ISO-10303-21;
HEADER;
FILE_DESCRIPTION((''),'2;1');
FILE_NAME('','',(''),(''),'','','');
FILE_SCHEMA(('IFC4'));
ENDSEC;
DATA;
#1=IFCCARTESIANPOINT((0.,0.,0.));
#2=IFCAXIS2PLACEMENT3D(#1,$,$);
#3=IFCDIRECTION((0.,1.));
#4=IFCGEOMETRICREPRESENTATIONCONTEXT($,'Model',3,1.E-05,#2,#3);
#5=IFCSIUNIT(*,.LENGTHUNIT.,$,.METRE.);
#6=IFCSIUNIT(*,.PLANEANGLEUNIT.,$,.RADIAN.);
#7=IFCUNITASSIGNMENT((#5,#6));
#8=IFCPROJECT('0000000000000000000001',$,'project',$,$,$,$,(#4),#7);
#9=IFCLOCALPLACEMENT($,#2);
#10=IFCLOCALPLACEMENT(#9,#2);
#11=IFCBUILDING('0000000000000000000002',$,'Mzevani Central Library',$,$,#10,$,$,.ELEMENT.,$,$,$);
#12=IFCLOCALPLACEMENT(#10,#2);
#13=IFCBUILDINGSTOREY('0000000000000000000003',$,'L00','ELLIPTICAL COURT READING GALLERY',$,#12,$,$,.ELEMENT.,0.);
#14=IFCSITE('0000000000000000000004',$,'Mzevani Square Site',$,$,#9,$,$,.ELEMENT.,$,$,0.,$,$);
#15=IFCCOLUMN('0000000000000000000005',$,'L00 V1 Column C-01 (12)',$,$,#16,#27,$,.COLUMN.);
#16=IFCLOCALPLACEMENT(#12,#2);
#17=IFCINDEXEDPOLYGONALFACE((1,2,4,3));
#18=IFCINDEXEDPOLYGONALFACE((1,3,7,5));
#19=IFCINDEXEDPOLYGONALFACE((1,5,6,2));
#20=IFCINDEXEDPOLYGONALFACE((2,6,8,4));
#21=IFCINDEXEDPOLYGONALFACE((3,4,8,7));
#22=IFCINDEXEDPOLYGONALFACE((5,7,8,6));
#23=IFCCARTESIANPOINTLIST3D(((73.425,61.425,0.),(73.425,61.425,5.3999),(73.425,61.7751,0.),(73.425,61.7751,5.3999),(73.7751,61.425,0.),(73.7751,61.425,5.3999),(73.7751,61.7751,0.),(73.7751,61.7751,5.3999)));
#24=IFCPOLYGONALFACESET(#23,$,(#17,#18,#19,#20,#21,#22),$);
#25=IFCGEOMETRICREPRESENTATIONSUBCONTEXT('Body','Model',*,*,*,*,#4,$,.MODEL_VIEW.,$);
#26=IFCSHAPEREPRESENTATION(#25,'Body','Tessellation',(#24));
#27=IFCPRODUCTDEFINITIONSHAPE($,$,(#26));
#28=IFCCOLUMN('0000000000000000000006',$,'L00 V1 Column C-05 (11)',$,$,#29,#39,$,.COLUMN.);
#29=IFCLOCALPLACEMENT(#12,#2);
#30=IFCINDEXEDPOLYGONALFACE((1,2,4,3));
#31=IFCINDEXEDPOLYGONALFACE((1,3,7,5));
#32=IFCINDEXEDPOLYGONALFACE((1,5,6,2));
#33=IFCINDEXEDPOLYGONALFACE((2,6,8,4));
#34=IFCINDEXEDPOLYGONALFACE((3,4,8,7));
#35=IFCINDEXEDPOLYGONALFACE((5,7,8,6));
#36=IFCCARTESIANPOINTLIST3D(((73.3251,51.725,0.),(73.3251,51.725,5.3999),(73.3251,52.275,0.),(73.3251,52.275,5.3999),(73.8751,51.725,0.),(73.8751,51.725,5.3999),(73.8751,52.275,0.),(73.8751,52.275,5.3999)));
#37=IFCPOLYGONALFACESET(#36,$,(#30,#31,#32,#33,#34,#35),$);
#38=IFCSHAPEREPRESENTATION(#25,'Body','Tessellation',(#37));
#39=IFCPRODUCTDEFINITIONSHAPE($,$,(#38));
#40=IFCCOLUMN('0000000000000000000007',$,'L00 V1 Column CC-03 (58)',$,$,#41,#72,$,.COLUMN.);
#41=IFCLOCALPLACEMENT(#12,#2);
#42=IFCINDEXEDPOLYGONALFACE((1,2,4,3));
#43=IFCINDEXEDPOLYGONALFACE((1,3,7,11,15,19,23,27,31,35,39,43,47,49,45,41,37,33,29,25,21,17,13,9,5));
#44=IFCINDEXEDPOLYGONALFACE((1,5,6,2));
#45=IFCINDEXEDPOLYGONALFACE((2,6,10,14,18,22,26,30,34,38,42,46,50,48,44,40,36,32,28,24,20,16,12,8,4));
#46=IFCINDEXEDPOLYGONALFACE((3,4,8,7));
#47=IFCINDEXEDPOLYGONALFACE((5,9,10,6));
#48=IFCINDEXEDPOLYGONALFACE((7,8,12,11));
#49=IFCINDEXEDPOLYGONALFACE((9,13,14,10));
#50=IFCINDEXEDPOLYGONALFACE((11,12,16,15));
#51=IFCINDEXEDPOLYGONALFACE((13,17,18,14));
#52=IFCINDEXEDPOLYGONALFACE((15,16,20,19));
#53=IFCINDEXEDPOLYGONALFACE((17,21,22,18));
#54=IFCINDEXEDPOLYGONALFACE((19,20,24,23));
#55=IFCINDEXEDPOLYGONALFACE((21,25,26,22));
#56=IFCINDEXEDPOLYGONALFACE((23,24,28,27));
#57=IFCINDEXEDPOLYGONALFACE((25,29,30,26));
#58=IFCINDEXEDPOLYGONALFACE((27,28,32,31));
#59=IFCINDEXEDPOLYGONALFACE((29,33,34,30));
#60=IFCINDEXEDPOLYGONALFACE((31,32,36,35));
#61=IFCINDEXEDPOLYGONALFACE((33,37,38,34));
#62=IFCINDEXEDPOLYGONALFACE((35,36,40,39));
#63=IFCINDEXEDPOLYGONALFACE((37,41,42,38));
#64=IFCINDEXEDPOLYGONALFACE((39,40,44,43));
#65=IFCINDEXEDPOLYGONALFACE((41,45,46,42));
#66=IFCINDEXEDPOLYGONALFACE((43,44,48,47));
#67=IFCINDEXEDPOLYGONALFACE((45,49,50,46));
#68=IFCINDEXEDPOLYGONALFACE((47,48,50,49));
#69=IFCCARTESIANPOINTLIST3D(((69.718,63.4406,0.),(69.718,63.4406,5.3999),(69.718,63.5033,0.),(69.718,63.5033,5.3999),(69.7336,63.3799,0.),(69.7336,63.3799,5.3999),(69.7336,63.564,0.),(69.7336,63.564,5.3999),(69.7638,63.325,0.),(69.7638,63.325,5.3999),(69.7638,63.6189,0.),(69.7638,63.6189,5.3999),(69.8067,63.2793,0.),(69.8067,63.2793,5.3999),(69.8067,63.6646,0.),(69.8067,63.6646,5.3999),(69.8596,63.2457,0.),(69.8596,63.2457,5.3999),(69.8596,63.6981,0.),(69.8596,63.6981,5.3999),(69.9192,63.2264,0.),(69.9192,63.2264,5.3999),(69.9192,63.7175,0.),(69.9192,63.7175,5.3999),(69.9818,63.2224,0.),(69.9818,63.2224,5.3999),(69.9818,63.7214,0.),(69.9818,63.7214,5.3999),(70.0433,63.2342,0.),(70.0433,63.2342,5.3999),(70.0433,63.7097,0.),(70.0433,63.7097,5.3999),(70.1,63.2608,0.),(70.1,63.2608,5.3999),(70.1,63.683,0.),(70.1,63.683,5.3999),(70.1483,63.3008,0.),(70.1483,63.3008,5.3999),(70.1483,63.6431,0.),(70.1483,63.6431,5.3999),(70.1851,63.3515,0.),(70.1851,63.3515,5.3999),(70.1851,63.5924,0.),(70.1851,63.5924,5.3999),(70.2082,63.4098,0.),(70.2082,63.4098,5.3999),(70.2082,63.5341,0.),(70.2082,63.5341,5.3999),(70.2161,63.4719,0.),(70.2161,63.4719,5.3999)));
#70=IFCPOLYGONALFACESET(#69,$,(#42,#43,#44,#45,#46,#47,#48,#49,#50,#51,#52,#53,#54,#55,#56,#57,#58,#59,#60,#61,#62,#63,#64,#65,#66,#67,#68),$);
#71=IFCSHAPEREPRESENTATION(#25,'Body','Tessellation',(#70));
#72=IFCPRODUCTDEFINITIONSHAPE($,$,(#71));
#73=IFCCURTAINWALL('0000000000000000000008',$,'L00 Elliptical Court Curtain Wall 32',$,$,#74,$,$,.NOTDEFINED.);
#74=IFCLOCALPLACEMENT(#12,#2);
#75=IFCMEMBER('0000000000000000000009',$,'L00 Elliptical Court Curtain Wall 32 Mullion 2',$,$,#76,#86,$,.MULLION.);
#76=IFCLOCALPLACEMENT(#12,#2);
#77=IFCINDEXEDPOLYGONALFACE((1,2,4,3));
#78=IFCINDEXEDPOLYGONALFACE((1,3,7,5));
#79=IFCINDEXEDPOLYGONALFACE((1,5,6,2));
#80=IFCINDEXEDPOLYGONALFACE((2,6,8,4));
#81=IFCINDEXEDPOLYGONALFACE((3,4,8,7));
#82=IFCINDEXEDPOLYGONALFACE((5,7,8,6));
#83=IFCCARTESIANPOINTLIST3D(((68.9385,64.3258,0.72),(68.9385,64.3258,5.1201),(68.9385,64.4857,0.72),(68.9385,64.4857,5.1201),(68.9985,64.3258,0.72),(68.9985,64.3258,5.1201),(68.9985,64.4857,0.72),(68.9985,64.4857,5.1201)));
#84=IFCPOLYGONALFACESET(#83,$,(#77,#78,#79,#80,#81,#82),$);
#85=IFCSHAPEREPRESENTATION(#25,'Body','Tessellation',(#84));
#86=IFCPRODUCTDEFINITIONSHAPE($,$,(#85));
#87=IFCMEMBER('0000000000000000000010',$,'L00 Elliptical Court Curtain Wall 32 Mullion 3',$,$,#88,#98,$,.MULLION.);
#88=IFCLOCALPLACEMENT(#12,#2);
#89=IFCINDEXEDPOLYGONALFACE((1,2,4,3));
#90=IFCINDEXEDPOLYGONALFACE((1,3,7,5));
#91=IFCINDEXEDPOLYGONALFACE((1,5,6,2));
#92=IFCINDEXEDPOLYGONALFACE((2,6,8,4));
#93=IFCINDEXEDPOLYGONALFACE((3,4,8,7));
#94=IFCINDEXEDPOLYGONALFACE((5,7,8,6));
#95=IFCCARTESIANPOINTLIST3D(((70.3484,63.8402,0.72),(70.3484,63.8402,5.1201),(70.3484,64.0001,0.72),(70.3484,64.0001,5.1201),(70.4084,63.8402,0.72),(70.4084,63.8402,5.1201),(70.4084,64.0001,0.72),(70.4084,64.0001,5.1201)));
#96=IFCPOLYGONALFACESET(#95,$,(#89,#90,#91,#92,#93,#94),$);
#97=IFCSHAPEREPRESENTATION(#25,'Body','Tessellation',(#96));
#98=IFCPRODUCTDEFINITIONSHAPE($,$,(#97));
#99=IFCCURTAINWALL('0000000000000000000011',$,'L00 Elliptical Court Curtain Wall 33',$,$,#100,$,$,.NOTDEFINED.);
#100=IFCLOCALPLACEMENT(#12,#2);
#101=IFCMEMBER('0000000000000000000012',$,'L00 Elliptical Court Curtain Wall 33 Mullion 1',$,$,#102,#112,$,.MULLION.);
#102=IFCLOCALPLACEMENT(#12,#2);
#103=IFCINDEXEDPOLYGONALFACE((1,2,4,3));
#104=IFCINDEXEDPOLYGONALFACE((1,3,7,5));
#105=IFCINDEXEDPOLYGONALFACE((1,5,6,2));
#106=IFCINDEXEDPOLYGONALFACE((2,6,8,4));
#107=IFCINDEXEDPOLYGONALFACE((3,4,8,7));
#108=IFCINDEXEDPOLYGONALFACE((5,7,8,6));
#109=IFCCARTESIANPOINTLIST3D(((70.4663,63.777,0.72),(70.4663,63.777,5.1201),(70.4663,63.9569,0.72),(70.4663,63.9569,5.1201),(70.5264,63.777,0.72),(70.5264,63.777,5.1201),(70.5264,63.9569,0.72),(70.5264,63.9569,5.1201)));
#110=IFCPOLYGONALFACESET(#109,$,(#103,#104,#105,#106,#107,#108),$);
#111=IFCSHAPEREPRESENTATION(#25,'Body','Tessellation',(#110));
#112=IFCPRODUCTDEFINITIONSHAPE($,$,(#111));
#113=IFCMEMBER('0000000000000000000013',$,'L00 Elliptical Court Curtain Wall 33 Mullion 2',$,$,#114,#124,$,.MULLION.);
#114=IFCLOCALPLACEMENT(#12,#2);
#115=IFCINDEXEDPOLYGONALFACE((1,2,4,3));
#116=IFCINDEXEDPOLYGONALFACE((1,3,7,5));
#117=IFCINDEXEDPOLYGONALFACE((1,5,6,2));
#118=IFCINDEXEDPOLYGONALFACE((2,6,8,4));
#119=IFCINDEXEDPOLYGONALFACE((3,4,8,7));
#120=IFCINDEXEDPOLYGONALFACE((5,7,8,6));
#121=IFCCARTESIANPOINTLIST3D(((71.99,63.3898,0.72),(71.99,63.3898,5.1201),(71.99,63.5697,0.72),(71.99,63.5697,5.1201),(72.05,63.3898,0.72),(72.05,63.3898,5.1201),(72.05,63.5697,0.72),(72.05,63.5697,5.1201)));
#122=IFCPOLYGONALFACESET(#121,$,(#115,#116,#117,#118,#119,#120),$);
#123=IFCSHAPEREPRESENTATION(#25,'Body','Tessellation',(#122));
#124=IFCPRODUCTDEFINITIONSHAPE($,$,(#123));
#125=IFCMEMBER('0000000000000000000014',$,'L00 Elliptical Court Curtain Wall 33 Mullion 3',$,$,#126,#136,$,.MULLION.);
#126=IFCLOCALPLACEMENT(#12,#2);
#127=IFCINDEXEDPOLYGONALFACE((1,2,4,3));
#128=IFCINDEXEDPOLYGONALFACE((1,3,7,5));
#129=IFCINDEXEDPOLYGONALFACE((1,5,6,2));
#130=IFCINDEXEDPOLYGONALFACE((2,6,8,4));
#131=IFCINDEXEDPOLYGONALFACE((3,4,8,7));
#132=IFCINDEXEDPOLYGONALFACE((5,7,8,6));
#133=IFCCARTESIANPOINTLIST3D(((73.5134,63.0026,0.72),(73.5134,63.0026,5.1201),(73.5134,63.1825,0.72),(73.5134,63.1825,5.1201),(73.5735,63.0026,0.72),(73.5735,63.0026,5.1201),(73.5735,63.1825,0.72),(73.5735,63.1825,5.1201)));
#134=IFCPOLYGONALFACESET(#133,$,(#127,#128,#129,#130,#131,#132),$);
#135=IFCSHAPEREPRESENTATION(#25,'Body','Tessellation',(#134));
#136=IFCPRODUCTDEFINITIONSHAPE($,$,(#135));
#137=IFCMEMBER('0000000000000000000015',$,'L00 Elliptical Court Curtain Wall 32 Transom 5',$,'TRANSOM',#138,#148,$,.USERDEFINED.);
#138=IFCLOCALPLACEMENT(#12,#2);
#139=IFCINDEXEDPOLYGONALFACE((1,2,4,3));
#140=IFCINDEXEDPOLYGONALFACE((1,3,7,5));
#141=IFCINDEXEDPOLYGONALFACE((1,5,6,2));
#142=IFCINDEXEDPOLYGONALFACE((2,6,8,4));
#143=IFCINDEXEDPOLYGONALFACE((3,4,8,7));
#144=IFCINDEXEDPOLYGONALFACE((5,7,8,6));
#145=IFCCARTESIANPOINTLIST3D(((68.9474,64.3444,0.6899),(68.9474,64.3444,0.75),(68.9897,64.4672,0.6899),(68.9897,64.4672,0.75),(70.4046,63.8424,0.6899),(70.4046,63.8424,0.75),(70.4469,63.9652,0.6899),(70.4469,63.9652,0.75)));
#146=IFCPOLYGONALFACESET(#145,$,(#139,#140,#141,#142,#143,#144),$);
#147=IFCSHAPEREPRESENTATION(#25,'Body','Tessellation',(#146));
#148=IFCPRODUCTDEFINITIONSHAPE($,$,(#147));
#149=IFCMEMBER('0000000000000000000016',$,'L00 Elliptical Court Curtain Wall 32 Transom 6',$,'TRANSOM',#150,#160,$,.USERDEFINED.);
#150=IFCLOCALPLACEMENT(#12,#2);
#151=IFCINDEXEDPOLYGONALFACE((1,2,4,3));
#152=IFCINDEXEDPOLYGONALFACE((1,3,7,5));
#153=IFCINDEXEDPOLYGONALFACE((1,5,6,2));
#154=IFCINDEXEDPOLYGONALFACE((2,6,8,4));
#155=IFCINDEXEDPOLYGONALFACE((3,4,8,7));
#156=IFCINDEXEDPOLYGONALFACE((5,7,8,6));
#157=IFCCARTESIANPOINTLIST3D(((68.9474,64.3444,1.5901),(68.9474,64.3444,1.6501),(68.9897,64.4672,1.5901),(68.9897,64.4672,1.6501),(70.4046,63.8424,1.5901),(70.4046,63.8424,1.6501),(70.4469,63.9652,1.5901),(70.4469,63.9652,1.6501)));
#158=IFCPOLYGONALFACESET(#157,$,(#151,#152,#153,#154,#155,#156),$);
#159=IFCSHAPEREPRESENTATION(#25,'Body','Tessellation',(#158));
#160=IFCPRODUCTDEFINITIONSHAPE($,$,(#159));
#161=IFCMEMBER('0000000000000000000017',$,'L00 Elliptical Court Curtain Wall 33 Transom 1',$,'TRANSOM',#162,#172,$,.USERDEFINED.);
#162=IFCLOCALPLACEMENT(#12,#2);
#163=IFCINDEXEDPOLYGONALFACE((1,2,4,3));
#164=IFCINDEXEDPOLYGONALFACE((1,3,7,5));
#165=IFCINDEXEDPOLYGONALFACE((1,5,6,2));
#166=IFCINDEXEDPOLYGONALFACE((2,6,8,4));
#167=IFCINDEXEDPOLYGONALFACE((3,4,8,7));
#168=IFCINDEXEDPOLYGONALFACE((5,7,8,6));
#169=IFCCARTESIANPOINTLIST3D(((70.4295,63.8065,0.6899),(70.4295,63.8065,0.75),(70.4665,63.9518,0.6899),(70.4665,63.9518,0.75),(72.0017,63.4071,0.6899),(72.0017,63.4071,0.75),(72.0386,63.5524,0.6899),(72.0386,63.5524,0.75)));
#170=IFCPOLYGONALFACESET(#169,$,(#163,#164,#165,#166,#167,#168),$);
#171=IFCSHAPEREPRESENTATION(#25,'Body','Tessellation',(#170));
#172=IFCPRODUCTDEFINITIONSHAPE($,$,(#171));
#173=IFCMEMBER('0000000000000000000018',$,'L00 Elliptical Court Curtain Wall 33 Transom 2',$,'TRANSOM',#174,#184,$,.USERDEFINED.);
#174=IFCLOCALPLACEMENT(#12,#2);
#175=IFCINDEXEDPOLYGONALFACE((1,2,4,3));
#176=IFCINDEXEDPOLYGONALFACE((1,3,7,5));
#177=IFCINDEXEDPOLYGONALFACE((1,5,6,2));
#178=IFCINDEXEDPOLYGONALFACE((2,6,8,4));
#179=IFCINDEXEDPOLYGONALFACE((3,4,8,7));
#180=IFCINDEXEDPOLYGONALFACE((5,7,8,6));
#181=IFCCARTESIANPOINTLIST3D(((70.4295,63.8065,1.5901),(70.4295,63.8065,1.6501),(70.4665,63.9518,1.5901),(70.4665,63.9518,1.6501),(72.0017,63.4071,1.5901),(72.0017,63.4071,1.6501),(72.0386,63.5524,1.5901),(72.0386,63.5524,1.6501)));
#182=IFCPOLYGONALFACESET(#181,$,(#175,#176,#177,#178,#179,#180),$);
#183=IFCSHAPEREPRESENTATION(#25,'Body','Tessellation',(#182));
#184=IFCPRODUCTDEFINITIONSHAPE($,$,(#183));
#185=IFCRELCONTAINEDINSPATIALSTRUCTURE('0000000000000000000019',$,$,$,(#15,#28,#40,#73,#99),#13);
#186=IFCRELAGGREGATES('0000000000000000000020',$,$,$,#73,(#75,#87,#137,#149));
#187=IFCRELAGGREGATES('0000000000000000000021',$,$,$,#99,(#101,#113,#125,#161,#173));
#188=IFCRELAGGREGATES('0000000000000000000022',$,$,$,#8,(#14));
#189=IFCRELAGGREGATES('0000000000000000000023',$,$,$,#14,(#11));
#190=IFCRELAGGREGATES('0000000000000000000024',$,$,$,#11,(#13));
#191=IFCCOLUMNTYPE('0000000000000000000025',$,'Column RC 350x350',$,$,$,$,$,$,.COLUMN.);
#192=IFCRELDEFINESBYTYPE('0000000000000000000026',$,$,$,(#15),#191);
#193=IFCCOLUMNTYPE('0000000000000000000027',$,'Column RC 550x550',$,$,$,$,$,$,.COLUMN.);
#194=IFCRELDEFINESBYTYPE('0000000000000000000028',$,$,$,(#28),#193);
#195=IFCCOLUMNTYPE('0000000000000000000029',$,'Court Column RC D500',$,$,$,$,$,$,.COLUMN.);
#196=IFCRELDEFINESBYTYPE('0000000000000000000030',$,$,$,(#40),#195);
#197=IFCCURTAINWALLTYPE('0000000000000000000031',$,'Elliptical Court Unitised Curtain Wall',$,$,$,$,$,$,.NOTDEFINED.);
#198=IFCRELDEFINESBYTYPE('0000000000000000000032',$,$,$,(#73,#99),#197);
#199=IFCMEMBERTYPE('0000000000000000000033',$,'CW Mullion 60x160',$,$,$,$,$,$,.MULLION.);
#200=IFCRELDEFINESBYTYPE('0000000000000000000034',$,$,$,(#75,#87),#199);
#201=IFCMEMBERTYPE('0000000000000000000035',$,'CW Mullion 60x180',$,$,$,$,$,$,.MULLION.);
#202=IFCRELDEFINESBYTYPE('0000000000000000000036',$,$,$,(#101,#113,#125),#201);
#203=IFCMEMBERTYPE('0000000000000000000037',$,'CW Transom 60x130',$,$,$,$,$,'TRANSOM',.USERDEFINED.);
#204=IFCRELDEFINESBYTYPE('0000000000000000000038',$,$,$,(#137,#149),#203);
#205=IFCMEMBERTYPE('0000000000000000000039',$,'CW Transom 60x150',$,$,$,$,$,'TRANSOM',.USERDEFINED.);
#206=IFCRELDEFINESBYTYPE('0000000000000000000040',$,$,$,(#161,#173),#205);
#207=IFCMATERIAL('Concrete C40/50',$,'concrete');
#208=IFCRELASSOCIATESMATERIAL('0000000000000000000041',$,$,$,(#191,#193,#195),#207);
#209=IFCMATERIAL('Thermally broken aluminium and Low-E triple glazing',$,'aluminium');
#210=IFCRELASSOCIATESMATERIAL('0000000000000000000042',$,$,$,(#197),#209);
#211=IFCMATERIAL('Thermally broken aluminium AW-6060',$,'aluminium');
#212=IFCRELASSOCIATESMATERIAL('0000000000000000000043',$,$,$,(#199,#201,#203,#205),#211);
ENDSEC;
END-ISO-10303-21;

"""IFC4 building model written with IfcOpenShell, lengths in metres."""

from ifc_helpers import new_model, si_unit, direction, frame, origin, origin_2d, place, context, subcontext, project, spatial, rectangle, circle, extrude, material, material_profile, profile_set, type_object, element, aggregate, save


model = new_model("IFC4")

# Units and contexts
model_context = context("Model", 3, precision=1e-05, world=origin(), true_north=direction((0.0, 1.0)))
body_context = subcontext(model_context, "Body", "Model", "MODEL_VIEW")
ifc_project = project(units=[si_unit("LENGTHUNIT", "METRE"), si_unit("PLANEANGLEUNIT", "RADIAN")], contexts=[model_context])

# Site, building, storey
site_placement = place(None, origin())
site = spatial("IfcSite", under=ifc_project, at=site_placement, Name="Mzevani Square Site", CompositionType="ELEMENT", RefElevation=0.0)
building_placement = place(site_placement, origin())
building = spatial("IfcBuilding", under=site, at=building_placement, Name="Mzevani Central Library", CompositionType="ELEMENT")
storey_placement = place(building_placement, origin())
storey = spatial("IfcBuildingStorey", under=building, at=storey_placement, Name="L00", Description="ELLIPTICAL COURT READING GALLERY", CompositionType="ELEMENT", Elevation=0.0)

# Columns
ifc_material_1 = material(Name="Concrete C40/50", Category="concrete")
ifc_material_profile_1 = material_profile(ifc_material_1, rectangle(XDim=0.3501, YDim=0.3501, at=origin_2d()), Name="RC 350x350")
ifc_profile_set_1 = profile_set([ifc_material_profile_1], Name="Concrete C40/50")
column_type_1 = type_object("IfcColumnType", Name="Column RC 350x350", PredefinedType="COLUMN", material=ifc_profile_set_1)
column_1_placement = place(storey_placement, frame((73.6001, 61.6001, 0.0), z_axis=(0.0, 0.0, 1.0), x_axis=(1.0, 0.0, 0.0)))
element("IfcColumn", 1, at=column_1_placement, inside=storey, type_object=column_type_1, Name="L00 V1 Column C-01 (12)", PredefinedType="COLUMN", context=body_context, shape_type="SweptSolid", body=[
    extrude(rectangle(XDim=0.3501, YDim=0.3501, at=origin_2d()), origin(), (0.0, 0.0, 1.0), 5.3999),
])
ifc_material_profile_2 = material_profile(ifc_material_1, rectangle(XDim=0.55, YDim=0.55, at=origin_2d()), Name="RC 550x550")
ifc_profile_set_2 = profile_set([ifc_material_profile_2], Name="Concrete C40/50")
column_type_2 = type_object("IfcColumnType", Name="Column RC 550x550", PredefinedType="COLUMN", material=ifc_profile_set_2)
column_2_placement = place(storey_placement, frame((73.6001, 52.0, 0.0), z_axis=(0.0, 0.0, 1.0), x_axis=(1.0, 0.0, 0.0)))
element("IfcColumn", 2, at=column_2_placement, inside=storey, type_object=column_type_2, Name="L00 V1 Column C-05 (11)", PredefinedType="COLUMN", context=body_context, shape_type="SweptSolid", body=[
    extrude(rectangle(XDim=0.55, YDim=0.55, at=origin_2d()), origin(), (0.0, 0.0, 1.0), 5.3999),
])
ifc_material_profile_3 = material_profile(ifc_material_1, circle(Radius=0.25, at=origin_2d()), Name="RC D500")
ifc_profile_set_3 = profile_set([ifc_material_profile_3], Name="Concrete C40/50")
column_type_3 = type_object("IfcColumnType", Name="Court Column RC D500", PredefinedType="COLUMN", material=ifc_profile_set_3)
column_3_placement = place(storey_placement, frame((69.9661, 63.4719, 0.0), z_axis=(0.0, 0.0, 1.0), x_axis=(1.0, 0.0, 0.0)))
element("IfcColumn", 3, at=column_3_placement, inside=storey, type_object=column_type_3, Name="L00 V1 Column CC-03 (58)", PredefinedType="COLUMN", context=body_context, shape_type="SweptSolid", body=[
    extrude(circle(Radius=0.25, at=origin_2d()), origin(), (0.0, 0.0, 1.0), 5.3999),
])

# Curtain walls, members
ifc_material_2 = material(Name="Thermally broken aluminium and Low-E triple glazing", Category="aluminium")
curtain_wall_type_1 = type_object("IfcCurtainWallType", Name="Elliptical Court Unitised Curtain Wall", PredefinedType="NOTDEFINED", material=ifc_material_2)
curtain_wall_1_placement = place(storey_placement, origin())
curtain_wall_1 = element("IfcCurtainWall", 4, at=curtain_wall_1_placement, inside=storey, type_object=curtain_wall_type_1, Name="L00 Elliptical Court Curtain Wall 32", PredefinedType="NOTDEFINED")
ifc_material_3 = material(Name="Thermally broken aluminium AW-6060", Category="aluminium")
ifc_material_profile_4 = material_profile(ifc_material_3, rectangle(XDim=0.0601, YDim=0.1599, at=origin_2d()), Name="ALU M60x160")
ifc_profile_set_4 = profile_set([ifc_material_profile_4], Name="Thermally broken aluminium AW-6060")
member_type_1 = type_object("IfcMemberType", Name="CW Mullion 60x160", PredefinedType="MULLION", material=ifc_profile_set_4)
member_1_placement = place(storey_placement, frame((68.9685, 64.4058, 0.72), z_axis=(0.0, 0.0, 1.0), x_axis=(1.0, 0.0, 0.0)))
member_1 = element("IfcMember", 5, at=member_1_placement, type_object=member_type_1, Name="L00 Elliptical Court Curtain Wall 32 Mullion 2", PredefinedType="MULLION", context=body_context, shape_type="SweptSolid", body=[
    extrude(rectangle(XDim=0.0601, YDim=0.1599, at=origin_2d()), origin(), (0.0, 0.0, 1.0), 4.4001),
])
member_2_placement = place(storey_placement, frame((70.3784, 63.9202, 0.72), z_axis=(0.0, 0.0, 1.0), x_axis=(1.0, 0.0, 0.0)))
member_2 = element("IfcMember", 6, at=member_2_placement, type_object=member_type_1, Name="L00 Elliptical Court Curtain Wall 32 Mullion 3", PredefinedType="MULLION", context=body_context, shape_type="SweptSolid", body=[
    extrude(rectangle(XDim=0.0601, YDim=0.1599, at=origin_2d()), origin(), (0.0, 0.0, 1.0), 4.4001),
])
curtain_wall_2_placement = place(storey_placement, origin())
curtain_wall_2 = element("IfcCurtainWall", 7, at=curtain_wall_2_placement, inside=storey, type_object=curtain_wall_type_1, Name="L00 Elliptical Court Curtain Wall 33", PredefinedType="NOTDEFINED")
ifc_material_profile_5 = material_profile(ifc_material_3, rectangle(XDim=0.0601, YDim=0.1799, at=origin_2d()), Name="ALU M60x180")
ifc_profile_set_5 = profile_set([ifc_material_profile_5], Name="Thermally broken aluminium AW-6060")
member_type_2 = type_object("IfcMemberType", Name="CW Mullion 60x180", PredefinedType="MULLION", material=ifc_profile_set_5)
member_3_placement = place(storey_placement, frame((70.4963, 63.8669, 0.72), z_axis=(0.0, 0.0, 1.0), x_axis=(1.0, 0.0, 0.0)))
member_3 = element("IfcMember", 8, at=member_3_placement, type_object=member_type_2, Name="L00 Elliptical Court Curtain Wall 33 Mullion 1", PredefinedType="MULLION", context=body_context, shape_type="SweptSolid", body=[
    extrude(rectangle(XDim=0.0601, YDim=0.1799, at=origin_2d()), origin(), (0.0, 0.0, 1.0), 4.4001),
])
member_4_placement = place(storey_placement, frame((72.02, 63.4797, 0.72), z_axis=(0.0, 0.0, 1.0), x_axis=(1.0, 0.0, 0.0)))
member_4 = element("IfcMember", 9, at=member_4_placement, type_object=member_type_2, Name="L00 Elliptical Court Curtain Wall 33 Mullion 2", PredefinedType="MULLION", context=body_context, shape_type="SweptSolid", body=[
    extrude(rectangle(XDim=0.0601, YDim=0.1799, at=origin_2d()), origin(), (0.0, 0.0, 1.0), 4.4001),
])
member_5_placement = place(storey_placement, frame((73.5435, 63.0925, 0.72), z_axis=(0.0, 0.0, 1.0), x_axis=(1.0, 0.0, 0.0)))
member_5 = element("IfcMember", 10, at=member_5_placement, type_object=member_type_2, Name="L00 Elliptical Court Curtain Wall 33 Mullion 3", PredefinedType="MULLION", context=body_context, shape_type="SweptSolid", body=[
    extrude(rectangle(XDim=0.0601, YDim=0.1799, at=origin_2d()), origin(), (0.0, 0.0, 1.0), 4.4001),
])

# Members
ifc_material_profile_6 = material_profile(ifc_material_3, rectangle(XDim=0.1299, YDim=0.0601, at=origin_2d()), Name="ALU T60x130")
ifc_profile_set_6 = profile_set([ifc_material_profile_6], Name="Thermally broken aluminium AW-6060")
member_type_3 = type_object("IfcMemberType", Name="CW Transom 60x130", ElementType="TRANSOM", PredefinedType="USERDEFINED", material=ifc_profile_set_6)
member_6_placement = place(storey_placement, frame((68.9685, 64.4058, 0.72), z_axis=(0.945484, -0.325668, 0.0), x_axis=(0.325668, 0.945484, 0.0)))
member_6 = element("IfcMember", 11, at=member_6_placement, type_object=member_type_3, Name="L00 Elliptical Court Curtain Wall 32 Transom 5", ObjectType="TRANSOM", PredefinedType="USERDEFINED", context=body_context, shape_type="SweptSolid", body=[
    extrude(rectangle(XDim=0.1299, YDim=0.0601, at=origin_2d()), origin(), (0.0, 0.0, 1.0), 1.5413),
])
member_7_placement = place(storey_placement, frame((68.9685, 64.4058, 1.6201), z_axis=(0.945484, -0.325668, 0.0), x_axis=(0.325668, 0.945484, 0.0)))
member_7 = element("IfcMember", 12, at=member_7_placement, type_object=member_type_3, Name="L00 Elliptical Court Curtain Wall 32 Transom 6", ObjectType="TRANSOM", PredefinedType="USERDEFINED", context=body_context, shape_type="SweptSolid", body=[
    extrude(rectangle(XDim=0.1299, YDim=0.0601, at=origin_2d()), origin(), (0.0, 0.0, 1.0), 1.5413),
])
ifc_material_profile_7 = material_profile(ifc_material_3, rectangle(XDim=0.1499, YDim=0.0601, at=origin_2d()), Name="ALU T60x150")
ifc_profile_set_7 = profile_set([ifc_material_profile_7], Name="Thermally broken aluminium AW-6060")
member_type_4 = type_object("IfcMemberType", Name="CW Transom 60x150", ElementType="TRANSOM", PredefinedType="USERDEFINED", material=ifc_profile_set_7)
member_8_placement = place(storey_placement, frame((70.448, 63.8792, 0.72), z_axis=(0.969206, -0.246253, 0.0), x_axis=(0.246253, 0.969206, 0.0)))
member_8 = element("IfcMember", 13, at=member_8_placement, type_object=member_type_4, Name="L00 Elliptical Court Curtain Wall 33 Transom 1", ObjectType="TRANSOM", PredefinedType="USERDEFINED", context=body_context, shape_type="SweptSolid", body=[
    extrude(rectangle(XDim=0.1499, YDim=0.0601, at=origin_2d()), origin(), (0.0, 0.0, 1.0), 1.6221),
])
member_9_placement = place(storey_placement, frame((70.448, 63.8792, 1.6201), z_axis=(0.969206, -0.246253, 0.0), x_axis=(0.246253, 0.969206, 0.0)))
member_9 = element("IfcMember", 14, at=member_9_placement, type_object=member_type_4, Name="L00 Elliptical Court Curtain Wall 33 Transom 2", ObjectType="TRANSOM", PredefinedType="USERDEFINED", context=body_context, shape_type="SweptSolid", body=[
    extrude(rectangle(XDim=0.1499, YDim=0.0601, at=origin_2d()), origin(), (0.0, 0.0, 1.0), 1.6221),
])

aggregate(curtain_wall_1, [member_1, member_2, member_6, member_7])
aggregate(curtain_wall_2, [member_3, member_4, member_5, member_8, member_9])

save(model, "model.ifc")
